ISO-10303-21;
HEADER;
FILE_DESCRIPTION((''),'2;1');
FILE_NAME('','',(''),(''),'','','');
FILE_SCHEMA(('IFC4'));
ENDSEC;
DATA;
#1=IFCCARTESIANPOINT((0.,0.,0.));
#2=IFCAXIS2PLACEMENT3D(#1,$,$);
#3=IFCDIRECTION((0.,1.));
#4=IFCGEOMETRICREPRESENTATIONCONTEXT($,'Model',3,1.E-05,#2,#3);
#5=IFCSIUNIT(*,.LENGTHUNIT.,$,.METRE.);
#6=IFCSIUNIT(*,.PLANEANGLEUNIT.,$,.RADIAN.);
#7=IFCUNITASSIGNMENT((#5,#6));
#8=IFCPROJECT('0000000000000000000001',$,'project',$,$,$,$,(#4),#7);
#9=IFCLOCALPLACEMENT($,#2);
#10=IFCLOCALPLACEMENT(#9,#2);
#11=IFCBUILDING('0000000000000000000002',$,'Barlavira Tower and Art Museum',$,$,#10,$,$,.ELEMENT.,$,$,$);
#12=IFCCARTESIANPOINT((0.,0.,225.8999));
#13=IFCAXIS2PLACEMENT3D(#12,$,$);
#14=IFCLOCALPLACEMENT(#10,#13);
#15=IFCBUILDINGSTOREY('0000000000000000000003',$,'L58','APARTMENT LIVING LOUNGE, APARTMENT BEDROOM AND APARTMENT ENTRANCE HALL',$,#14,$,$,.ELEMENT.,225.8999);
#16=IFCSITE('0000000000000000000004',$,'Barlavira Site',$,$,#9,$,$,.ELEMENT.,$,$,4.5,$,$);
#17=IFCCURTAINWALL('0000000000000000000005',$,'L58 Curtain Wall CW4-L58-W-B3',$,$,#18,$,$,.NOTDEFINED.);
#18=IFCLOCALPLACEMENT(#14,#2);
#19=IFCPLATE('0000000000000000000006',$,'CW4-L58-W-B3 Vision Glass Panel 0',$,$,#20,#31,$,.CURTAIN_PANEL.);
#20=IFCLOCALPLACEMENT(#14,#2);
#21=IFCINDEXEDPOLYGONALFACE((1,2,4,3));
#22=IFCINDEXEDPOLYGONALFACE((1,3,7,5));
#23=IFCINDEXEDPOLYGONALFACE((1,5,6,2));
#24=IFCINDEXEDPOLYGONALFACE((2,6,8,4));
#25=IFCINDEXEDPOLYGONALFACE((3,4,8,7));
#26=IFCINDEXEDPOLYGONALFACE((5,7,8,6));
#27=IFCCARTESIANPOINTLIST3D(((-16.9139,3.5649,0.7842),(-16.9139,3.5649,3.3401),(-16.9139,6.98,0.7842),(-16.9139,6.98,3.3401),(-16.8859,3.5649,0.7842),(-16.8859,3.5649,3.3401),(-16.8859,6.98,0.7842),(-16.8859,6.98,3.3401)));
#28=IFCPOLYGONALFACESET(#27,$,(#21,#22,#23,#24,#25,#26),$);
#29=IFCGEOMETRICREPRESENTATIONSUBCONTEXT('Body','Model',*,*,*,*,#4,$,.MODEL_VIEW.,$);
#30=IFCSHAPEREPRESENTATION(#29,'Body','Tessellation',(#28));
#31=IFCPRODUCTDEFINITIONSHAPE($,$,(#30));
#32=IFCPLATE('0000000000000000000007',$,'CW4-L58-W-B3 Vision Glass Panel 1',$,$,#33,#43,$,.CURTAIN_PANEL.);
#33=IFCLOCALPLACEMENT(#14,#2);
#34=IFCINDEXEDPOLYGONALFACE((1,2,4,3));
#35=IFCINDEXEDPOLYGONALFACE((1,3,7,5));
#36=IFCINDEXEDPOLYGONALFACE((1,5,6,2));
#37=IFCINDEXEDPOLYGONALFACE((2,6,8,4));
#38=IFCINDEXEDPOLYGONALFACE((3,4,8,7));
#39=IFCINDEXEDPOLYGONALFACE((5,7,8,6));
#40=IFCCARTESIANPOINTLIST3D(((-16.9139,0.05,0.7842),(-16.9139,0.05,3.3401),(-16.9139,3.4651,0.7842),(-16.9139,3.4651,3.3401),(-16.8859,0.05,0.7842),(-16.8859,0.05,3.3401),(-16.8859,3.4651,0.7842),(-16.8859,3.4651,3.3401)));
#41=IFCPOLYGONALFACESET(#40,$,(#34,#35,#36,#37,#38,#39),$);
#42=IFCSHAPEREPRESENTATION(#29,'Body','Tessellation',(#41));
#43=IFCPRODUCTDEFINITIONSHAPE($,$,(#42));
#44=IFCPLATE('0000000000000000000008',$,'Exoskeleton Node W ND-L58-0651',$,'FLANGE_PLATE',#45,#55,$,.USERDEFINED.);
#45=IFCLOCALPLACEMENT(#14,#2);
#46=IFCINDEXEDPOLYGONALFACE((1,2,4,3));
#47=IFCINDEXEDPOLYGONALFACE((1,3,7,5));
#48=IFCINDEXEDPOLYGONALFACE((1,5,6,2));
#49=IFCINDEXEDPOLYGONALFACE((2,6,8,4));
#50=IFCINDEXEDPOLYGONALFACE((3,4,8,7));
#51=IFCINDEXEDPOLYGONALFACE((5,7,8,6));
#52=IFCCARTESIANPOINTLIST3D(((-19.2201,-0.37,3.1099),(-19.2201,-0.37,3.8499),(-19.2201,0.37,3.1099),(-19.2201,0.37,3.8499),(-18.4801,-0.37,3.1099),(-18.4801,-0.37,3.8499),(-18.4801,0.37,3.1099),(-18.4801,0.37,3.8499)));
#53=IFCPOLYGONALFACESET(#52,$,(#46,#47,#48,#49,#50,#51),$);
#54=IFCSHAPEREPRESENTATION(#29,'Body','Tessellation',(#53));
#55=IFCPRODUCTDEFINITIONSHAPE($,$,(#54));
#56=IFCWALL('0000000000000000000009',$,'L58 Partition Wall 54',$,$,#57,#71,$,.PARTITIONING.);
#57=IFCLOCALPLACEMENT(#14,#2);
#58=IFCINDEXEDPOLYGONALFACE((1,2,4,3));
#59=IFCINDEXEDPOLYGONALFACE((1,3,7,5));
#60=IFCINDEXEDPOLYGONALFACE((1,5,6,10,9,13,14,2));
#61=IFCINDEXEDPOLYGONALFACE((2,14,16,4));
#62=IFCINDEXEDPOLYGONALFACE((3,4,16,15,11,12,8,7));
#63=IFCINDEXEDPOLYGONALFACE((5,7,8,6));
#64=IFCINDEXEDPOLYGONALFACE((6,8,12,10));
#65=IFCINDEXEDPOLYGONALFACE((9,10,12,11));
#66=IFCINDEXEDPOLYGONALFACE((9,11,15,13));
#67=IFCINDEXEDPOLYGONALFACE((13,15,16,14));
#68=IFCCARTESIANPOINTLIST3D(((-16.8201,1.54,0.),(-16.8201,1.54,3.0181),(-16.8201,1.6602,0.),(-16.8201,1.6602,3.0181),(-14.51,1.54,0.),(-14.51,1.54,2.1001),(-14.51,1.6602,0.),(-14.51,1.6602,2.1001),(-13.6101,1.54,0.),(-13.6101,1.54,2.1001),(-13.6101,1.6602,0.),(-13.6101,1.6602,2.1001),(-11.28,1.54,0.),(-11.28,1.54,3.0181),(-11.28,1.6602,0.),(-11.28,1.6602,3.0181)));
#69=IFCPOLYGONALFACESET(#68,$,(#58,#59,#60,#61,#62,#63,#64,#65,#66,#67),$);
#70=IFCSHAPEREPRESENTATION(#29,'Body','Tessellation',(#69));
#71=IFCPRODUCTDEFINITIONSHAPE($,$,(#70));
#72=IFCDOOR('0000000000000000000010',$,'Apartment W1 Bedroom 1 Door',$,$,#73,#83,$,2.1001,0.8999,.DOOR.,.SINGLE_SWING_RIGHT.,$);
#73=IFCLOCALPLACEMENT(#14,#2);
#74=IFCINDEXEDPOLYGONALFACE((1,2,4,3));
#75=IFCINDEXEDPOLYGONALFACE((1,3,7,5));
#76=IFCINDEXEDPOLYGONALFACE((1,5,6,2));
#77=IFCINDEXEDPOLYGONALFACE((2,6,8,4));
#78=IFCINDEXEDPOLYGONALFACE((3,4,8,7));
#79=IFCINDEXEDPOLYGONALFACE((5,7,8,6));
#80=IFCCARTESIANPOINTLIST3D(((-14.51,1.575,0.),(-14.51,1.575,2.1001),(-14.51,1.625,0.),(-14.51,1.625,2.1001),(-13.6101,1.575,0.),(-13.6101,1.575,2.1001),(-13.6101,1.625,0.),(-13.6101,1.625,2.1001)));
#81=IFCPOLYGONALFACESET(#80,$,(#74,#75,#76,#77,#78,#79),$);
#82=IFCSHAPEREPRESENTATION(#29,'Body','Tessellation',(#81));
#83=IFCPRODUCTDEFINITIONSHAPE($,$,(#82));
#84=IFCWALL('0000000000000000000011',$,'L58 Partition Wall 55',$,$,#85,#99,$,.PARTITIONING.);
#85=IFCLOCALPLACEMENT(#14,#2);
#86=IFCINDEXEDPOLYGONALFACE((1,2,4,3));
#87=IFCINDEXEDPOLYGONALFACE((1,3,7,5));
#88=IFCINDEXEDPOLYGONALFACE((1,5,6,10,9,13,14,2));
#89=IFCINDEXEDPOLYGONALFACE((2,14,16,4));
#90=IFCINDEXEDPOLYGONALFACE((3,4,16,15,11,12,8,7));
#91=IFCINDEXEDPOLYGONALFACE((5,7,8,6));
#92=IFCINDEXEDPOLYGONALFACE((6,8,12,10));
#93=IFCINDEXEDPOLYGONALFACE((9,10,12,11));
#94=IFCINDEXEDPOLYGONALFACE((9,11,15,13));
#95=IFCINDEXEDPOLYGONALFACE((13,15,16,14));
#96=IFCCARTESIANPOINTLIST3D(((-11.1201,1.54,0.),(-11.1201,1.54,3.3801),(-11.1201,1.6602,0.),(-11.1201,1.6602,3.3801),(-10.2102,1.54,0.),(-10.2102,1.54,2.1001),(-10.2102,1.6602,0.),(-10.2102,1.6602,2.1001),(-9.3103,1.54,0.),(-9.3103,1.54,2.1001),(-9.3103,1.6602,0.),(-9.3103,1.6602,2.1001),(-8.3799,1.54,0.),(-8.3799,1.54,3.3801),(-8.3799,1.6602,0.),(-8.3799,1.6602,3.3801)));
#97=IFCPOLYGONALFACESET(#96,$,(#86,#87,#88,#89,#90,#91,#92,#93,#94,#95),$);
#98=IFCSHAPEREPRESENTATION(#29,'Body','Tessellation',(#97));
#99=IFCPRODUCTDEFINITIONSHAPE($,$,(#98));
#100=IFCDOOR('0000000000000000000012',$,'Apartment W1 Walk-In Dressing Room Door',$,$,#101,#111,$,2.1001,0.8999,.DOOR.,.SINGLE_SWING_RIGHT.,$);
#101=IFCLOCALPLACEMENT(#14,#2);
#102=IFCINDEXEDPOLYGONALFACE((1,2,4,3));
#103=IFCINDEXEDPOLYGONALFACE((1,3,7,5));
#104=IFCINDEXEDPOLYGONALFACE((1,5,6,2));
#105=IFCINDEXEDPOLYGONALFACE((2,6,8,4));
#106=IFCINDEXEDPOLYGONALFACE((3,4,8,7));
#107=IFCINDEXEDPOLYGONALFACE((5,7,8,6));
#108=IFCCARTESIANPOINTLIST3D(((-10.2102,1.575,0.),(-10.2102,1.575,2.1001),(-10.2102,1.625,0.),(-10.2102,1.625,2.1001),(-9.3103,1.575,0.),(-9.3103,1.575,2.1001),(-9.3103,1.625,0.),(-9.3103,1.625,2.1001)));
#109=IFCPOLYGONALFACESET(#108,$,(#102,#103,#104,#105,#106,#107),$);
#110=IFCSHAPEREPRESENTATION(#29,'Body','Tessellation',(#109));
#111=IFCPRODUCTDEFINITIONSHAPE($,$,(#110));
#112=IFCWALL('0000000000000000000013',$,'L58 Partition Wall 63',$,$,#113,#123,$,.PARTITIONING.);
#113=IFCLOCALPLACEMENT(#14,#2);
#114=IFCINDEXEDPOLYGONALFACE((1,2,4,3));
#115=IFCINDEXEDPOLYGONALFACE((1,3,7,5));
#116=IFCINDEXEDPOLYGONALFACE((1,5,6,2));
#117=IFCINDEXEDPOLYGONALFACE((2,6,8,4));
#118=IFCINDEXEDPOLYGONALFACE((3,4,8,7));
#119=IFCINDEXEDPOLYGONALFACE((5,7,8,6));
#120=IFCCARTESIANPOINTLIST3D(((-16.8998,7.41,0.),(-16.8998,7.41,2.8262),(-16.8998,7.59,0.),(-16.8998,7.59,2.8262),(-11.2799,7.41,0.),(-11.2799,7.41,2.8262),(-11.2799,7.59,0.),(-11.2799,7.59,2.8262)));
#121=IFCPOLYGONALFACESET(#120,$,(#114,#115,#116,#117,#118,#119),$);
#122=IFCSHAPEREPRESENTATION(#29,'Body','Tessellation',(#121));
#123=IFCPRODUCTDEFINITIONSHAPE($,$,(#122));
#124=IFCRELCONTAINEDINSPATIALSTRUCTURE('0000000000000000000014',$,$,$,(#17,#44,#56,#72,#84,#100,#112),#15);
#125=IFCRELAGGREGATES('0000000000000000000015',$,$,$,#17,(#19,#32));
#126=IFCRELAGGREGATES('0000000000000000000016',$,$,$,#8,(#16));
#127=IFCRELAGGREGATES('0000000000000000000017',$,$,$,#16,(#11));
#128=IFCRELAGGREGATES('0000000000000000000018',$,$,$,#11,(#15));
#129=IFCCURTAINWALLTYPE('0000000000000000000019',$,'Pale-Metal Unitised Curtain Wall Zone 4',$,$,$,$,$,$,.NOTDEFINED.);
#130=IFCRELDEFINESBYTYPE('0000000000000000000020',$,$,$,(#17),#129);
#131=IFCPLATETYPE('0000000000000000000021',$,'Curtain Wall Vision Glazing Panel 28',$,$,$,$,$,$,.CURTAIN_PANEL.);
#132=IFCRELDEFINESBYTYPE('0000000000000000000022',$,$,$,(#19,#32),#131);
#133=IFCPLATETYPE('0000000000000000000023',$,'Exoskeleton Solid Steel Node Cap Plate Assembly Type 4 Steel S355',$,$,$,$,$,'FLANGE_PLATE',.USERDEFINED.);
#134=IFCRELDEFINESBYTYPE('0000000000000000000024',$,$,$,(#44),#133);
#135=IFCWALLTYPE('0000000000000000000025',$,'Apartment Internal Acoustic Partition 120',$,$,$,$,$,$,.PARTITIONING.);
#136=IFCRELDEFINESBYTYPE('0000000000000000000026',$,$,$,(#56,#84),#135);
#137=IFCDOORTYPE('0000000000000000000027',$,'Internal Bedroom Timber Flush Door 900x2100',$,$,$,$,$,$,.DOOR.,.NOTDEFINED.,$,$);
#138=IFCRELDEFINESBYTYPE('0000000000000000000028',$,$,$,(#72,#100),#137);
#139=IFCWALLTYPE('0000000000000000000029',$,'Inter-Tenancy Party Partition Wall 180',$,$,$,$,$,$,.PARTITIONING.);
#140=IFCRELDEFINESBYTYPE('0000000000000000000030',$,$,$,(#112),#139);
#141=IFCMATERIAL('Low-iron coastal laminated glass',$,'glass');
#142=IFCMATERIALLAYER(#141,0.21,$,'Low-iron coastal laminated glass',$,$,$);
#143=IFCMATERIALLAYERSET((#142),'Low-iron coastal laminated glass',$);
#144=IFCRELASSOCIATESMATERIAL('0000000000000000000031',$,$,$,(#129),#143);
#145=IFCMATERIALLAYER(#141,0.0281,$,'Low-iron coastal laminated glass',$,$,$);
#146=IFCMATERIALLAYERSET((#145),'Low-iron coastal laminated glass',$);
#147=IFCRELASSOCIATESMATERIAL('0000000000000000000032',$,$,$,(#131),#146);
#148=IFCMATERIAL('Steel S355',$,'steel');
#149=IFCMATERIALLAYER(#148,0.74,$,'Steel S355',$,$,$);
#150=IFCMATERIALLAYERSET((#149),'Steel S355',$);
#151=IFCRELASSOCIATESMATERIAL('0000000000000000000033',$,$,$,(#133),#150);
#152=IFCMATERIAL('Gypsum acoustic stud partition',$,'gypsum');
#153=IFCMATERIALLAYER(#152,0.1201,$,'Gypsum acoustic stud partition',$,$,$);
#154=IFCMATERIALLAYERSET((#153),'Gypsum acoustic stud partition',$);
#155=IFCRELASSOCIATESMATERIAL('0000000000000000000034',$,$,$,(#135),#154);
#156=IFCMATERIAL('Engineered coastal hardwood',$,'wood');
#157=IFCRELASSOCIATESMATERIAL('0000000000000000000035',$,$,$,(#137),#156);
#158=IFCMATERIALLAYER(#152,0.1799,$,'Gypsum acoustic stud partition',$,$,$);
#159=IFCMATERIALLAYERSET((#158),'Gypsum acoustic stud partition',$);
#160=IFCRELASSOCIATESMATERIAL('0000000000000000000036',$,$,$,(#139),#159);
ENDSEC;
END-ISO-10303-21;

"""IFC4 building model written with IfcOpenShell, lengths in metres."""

from ifc_helpers import new_model, si_unit, direction, frame, frame_2d, origin, origin_2d, place, context, subcontext, project, spatial, rectangle, extrude, material, layer, layer_set, type_object, element, fill, aggregate, save


model = new_model("IFC4")

# Units and contexts
model_context = context("Model", 3, precision=1e-05, world=origin(), true_north=direction((0.0, 1.0)))
body_context = subcontext(model_context, "Body", "Model", "MODEL_VIEW")
ifc_project = project(units=[si_unit("LENGTHUNIT", "METRE"), si_unit("PLANEANGLEUNIT", "RADIAN")], contexts=[model_context])

# Site, building, storey
site_placement = place(None, origin())
site = spatial("IfcSite", under=ifc_project, at=site_placement, Name="Barlavira Site", CompositionType="ELEMENT", RefElevation=4.5)
building_placement = place(site_placement, origin())
building = spatial("IfcBuilding", under=site, at=building_placement, Name="Barlavira Tower and Art Museum", CompositionType="ELEMENT")
storey_placement = place(building_placement, frame((0.0, 0.0, 225.8999)))
storey = spatial("IfcBuildingStorey", under=building, at=storey_placement, Name="L58", Description="APARTMENT LIVING LOUNGE, APARTMENT BEDROOM AND APARTMENT ENTRANCE HALL", CompositionType="ELEMENT", Elevation=225.8999)

# Curtain wall
ifc_material_1 = material(Name="Low-iron coastal laminated glass", Category="glass")
ifc_layer_1 = layer(ifc_material_1, 0.21, Name="Low-iron coastal laminated glass")
ifc_layer_set_1 = layer_set([ifc_layer_1], Name="Low-iron coastal laminated glass")
curtain_wall_type = type_object("IfcCurtainWallType", Name="Pale-Metal Unitised Curtain Wall Zone 4", PredefinedType="NOTDEFINED", material=ifc_layer_set_1)
curtain_wall_placement = place(storey_placement, origin())
curtain_wall = element("IfcCurtainWall", 1, at=curtain_wall_placement, inside=storey, type_object=curtain_wall_type, Name="L58 Curtain Wall CW4-L58-W-B3", PredefinedType="NOTDEFINED")

# Shared definitions
ifc_material_2 = material(Name="Steel S355", Category="steel")

# Plates
ifc_layer_2 = layer(ifc_material_1, 0.0281, Name="Low-iron coastal laminated glass")
ifc_layer_set_2 = layer_set([ifc_layer_2], Name="Low-iron coastal laminated glass")
plate_type_1 = type_object("IfcPlateType", Name="Curtain Wall Vision Glazing Panel 28", PredefinedType="CURTAIN_PANEL", material=ifc_layer_set_2)
plate_1_placement = place(storey_placement, frame((-16.8999, 5.2725, 0.7842), z_axis=(0.0, 0.0, 1.0), x_axis=(0.0, -1.0, 0.0)))
plate_1 = element("IfcPlate", 2, at=plate_1_placement, type_object=plate_type_1, Name="CW4-L58-W-B3 Vision Glass Panel 0", PredefinedType="CURTAIN_PANEL", context=body_context, shape_type="SweptSolid", body=[
    extrude(rectangle(XDim=3.415, YDim=0.0281, at=origin_2d()), origin(), (0.0, 0.0, 1.0), 2.5559),
])
plate_2_placement = place(storey_placement, frame((-16.8999, 1.7576, 0.7842), z_axis=(0.0, 0.0, 1.0), x_axis=(0.0, -1.0, 0.0)))
plate_2 = element("IfcPlate", 3, at=plate_2_placement, type_object=plate_type_1, Name="CW4-L58-W-B3 Vision Glass Panel 1", PredefinedType="CURTAIN_PANEL", context=body_context, shape_type="SweptSolid", body=[
    extrude(rectangle(XDim=3.415, YDim=0.0281, at=origin_2d()), origin(), (0.0, 0.0, 1.0), 2.5559),
])
aggregate(curtain_wall, [plate_1, plate_2])
ifc_layer_3 = layer(ifc_material_2, 0.74, Name="Steel S355")
ifc_layer_set_3 = layer_set([ifc_layer_3], Name="Steel S355")
plate_type_2 = type_object("IfcPlateType", Name="Exoskeleton Solid Steel Node Cap Plate Assembly Type 4 Steel S355", ElementType="FLANGE_PLATE", PredefinedType="USERDEFINED", material=ifc_layer_set_3)
plate_3_placement = place(storey_placement, frame((-18.8501, 0.0, 3.1099), z_axis=(0.0, 0.0, 1.0), x_axis=(1.0, 0.0, 0.0)))
element("IfcPlate", 4, at=plate_3_placement, inside=storey, type_object=plate_type_2, Name="Exoskeleton Node W ND-L58-0651", ObjectType="FLANGE_PLATE", PredefinedType="USERDEFINED", context=body_context, shape_type="SweptSolid", body=[
    extrude(rectangle(XDim=0.74, YDim=0.74, at=origin_2d()), origin(), (0.0, 0.0, 1.0), 0.74),
])

# Walls, openings, doors
ifc_material_3 = material(Name="Gypsum acoustic stud partition", Category="gypsum")
ifc_layer_4 = layer(ifc_material_3, 0.1201, Name="Gypsum acoustic stud partition")
ifc_layer_set_4 = layer_set([ifc_layer_4], Name="Gypsum acoustic stud partition")
wall_type_1 = type_object("IfcWallType", Name="Apartment Internal Acoustic Partition 120", PredefinedType="PARTITIONING", material=ifc_layer_set_4)
wall_1_placement = place(storey_placement, frame((-16.8201, 1.6001, 0.0), z_axis=(0.0, 0.0, 1.0), x_axis=(1.0, 0.0, 0.0)))
wall_1 = element("IfcWall", 5, at=wall_1_placement, inside=storey, type_object=wall_type_1, Name="L58 Partition Wall 54", PredefinedType="PARTITIONING", context=body_context, shape_type="SweptSolid", body=[
    extrude(rectangle(XDim=5.54, YDim=0.1201, at=frame_2d((2.77, 0.0))), origin(), (0.0, 0.0, 1.0), 3.0181),
])
opening_1_placement = place(wall_1_placement, frame((2.3101, 0.0, 0.0)))
opening_1 = element("IfcOpeningElement", 6, at=opening_1_placement, cuts=wall_1, PredefinedType="OPENING", context=body_context, shape_type="SweptSolid", body=[
    extrude(rectangle(XDim=0.8999, YDim=2.1001, at=frame_2d((0.45, 1.05))), frame((0.0, 0.0701, 0.0), z_axis=(0.0, -1.0, 0.0), x_axis=(1.0, 0.0, 0.0)), (0.0, 0.0, 1.0), 0.1401),
])
ifc_material_4 = material(Name="Engineered coastal hardwood", Category="wood")
door_type = type_object("IfcDoorType", Name="Internal Bedroom Timber Flush Door 900x2100", OperationType="NOTDEFINED", PredefinedType="DOOR", material=ifc_material_4)
door_1_placement = place(opening_1_placement, origin())
door_1 = element("IfcDoor", 7, at=door_1_placement, inside=storey, type_object=door_type, Name="Apartment W1 Bedroom 1 Door", OperationType="SINGLE_SWING_RIGHT", OverallHeight=2.1001, OverallWidth=0.8999, PredefinedType="DOOR", context=body_context, shape_type="SweptSolid", body=[
    extrude(rectangle(XDim=0.8999, YDim=2.1001, at=frame_2d((0.45, 1.05))), frame((0.0, 0.0249, 0.0), z_axis=(0.0, -1.0, 0.0), x_axis=(1.0, 0.0, 0.0)), (0.0, 0.0, 1.0), 0.05),
])
fill(opening_1, door_1)
wall_2_placement = place(storey_placement, frame((-11.1201, 1.6001, 0.0), z_axis=(0.0, 0.0, 1.0), x_axis=(1.0, 0.0, 0.0)))
wall_2 = element("IfcWall", 8, at=wall_2_placement, inside=storey, type_object=wall_type_1, Name="L58 Partition Wall 55", PredefinedType="PARTITIONING", context=body_context, shape_type="SweptSolid", body=[
    extrude(rectangle(XDim=2.7402, YDim=0.1201, at=frame_2d((1.3701, 0.0))), origin(), (0.0, 0.0, 1.0), 3.3801),
])
opening_2_placement = place(wall_2_placement, frame((0.9099, 0.0, 0.0)))
opening_2 = element("IfcOpeningElement", 9, at=opening_2_placement, cuts=wall_2, PredefinedType="OPENING", context=body_context, shape_type="SweptSolid", body=[
    extrude(rectangle(XDim=0.8999, YDim=2.1001, at=frame_2d((0.45, 1.05))), frame((0.0, 0.0701, 0.0), z_axis=(0.0, -1.0, 0.0), x_axis=(1.0, 0.0, 0.0)), (0.0, 0.0, 1.0), 0.1401),
])
door_2_placement = place(opening_2_placement, origin())
door_2 = element("IfcDoor", 10, at=door_2_placement, inside=storey, type_object=door_type, Name="Apartment W1 Walk-In Dressing Room Door", OperationType="SINGLE_SWING_RIGHT", OverallHeight=2.1001, OverallWidth=0.8999, PredefinedType="DOOR", context=body_context, shape_type="SweptSolid", body=[
    extrude(rectangle(XDim=0.8999, YDim=2.1001, at=frame_2d((0.45, 1.05))), frame((0.0, 0.0249, 0.0), z_axis=(0.0, -1.0, 0.0), x_axis=(1.0, 0.0, 0.0)), (0.0, 0.0, 1.0), 0.05),
])
fill(opening_2, door_2)

# Wall
ifc_layer_5 = layer(ifc_material_3, 0.1799, Name="Gypsum acoustic stud partition")
ifc_layer_set_5 = layer_set([ifc_layer_5], Name="Gypsum acoustic stud partition")
wall_type_2 = type_object("IfcWallType", Name="Inter-Tenancy Party Partition Wall 180", PredefinedType="PARTITIONING", material=ifc_layer_set_5)
wall_3_placement = place(storey_placement, frame((-16.8999, 7.5, 0.0), z_axis=(0.0, 0.0, 1.0), x_axis=(1.0, 0.0, 0.0)))
element("IfcWall", 11, at=wall_3_placement, inside=storey, type_object=wall_type_2, Name="L58 Partition Wall 63", PredefinedType="PARTITIONING", context=body_context, shape_type="SweptSolid", body=[
    extrude(rectangle(XDim=5.6199, YDim=0.1799, at=frame_2d((2.8101, 0.0))), origin(), (0.0, 0.0, 1.0), 2.8262),
])

save(model, "model.ifc")
